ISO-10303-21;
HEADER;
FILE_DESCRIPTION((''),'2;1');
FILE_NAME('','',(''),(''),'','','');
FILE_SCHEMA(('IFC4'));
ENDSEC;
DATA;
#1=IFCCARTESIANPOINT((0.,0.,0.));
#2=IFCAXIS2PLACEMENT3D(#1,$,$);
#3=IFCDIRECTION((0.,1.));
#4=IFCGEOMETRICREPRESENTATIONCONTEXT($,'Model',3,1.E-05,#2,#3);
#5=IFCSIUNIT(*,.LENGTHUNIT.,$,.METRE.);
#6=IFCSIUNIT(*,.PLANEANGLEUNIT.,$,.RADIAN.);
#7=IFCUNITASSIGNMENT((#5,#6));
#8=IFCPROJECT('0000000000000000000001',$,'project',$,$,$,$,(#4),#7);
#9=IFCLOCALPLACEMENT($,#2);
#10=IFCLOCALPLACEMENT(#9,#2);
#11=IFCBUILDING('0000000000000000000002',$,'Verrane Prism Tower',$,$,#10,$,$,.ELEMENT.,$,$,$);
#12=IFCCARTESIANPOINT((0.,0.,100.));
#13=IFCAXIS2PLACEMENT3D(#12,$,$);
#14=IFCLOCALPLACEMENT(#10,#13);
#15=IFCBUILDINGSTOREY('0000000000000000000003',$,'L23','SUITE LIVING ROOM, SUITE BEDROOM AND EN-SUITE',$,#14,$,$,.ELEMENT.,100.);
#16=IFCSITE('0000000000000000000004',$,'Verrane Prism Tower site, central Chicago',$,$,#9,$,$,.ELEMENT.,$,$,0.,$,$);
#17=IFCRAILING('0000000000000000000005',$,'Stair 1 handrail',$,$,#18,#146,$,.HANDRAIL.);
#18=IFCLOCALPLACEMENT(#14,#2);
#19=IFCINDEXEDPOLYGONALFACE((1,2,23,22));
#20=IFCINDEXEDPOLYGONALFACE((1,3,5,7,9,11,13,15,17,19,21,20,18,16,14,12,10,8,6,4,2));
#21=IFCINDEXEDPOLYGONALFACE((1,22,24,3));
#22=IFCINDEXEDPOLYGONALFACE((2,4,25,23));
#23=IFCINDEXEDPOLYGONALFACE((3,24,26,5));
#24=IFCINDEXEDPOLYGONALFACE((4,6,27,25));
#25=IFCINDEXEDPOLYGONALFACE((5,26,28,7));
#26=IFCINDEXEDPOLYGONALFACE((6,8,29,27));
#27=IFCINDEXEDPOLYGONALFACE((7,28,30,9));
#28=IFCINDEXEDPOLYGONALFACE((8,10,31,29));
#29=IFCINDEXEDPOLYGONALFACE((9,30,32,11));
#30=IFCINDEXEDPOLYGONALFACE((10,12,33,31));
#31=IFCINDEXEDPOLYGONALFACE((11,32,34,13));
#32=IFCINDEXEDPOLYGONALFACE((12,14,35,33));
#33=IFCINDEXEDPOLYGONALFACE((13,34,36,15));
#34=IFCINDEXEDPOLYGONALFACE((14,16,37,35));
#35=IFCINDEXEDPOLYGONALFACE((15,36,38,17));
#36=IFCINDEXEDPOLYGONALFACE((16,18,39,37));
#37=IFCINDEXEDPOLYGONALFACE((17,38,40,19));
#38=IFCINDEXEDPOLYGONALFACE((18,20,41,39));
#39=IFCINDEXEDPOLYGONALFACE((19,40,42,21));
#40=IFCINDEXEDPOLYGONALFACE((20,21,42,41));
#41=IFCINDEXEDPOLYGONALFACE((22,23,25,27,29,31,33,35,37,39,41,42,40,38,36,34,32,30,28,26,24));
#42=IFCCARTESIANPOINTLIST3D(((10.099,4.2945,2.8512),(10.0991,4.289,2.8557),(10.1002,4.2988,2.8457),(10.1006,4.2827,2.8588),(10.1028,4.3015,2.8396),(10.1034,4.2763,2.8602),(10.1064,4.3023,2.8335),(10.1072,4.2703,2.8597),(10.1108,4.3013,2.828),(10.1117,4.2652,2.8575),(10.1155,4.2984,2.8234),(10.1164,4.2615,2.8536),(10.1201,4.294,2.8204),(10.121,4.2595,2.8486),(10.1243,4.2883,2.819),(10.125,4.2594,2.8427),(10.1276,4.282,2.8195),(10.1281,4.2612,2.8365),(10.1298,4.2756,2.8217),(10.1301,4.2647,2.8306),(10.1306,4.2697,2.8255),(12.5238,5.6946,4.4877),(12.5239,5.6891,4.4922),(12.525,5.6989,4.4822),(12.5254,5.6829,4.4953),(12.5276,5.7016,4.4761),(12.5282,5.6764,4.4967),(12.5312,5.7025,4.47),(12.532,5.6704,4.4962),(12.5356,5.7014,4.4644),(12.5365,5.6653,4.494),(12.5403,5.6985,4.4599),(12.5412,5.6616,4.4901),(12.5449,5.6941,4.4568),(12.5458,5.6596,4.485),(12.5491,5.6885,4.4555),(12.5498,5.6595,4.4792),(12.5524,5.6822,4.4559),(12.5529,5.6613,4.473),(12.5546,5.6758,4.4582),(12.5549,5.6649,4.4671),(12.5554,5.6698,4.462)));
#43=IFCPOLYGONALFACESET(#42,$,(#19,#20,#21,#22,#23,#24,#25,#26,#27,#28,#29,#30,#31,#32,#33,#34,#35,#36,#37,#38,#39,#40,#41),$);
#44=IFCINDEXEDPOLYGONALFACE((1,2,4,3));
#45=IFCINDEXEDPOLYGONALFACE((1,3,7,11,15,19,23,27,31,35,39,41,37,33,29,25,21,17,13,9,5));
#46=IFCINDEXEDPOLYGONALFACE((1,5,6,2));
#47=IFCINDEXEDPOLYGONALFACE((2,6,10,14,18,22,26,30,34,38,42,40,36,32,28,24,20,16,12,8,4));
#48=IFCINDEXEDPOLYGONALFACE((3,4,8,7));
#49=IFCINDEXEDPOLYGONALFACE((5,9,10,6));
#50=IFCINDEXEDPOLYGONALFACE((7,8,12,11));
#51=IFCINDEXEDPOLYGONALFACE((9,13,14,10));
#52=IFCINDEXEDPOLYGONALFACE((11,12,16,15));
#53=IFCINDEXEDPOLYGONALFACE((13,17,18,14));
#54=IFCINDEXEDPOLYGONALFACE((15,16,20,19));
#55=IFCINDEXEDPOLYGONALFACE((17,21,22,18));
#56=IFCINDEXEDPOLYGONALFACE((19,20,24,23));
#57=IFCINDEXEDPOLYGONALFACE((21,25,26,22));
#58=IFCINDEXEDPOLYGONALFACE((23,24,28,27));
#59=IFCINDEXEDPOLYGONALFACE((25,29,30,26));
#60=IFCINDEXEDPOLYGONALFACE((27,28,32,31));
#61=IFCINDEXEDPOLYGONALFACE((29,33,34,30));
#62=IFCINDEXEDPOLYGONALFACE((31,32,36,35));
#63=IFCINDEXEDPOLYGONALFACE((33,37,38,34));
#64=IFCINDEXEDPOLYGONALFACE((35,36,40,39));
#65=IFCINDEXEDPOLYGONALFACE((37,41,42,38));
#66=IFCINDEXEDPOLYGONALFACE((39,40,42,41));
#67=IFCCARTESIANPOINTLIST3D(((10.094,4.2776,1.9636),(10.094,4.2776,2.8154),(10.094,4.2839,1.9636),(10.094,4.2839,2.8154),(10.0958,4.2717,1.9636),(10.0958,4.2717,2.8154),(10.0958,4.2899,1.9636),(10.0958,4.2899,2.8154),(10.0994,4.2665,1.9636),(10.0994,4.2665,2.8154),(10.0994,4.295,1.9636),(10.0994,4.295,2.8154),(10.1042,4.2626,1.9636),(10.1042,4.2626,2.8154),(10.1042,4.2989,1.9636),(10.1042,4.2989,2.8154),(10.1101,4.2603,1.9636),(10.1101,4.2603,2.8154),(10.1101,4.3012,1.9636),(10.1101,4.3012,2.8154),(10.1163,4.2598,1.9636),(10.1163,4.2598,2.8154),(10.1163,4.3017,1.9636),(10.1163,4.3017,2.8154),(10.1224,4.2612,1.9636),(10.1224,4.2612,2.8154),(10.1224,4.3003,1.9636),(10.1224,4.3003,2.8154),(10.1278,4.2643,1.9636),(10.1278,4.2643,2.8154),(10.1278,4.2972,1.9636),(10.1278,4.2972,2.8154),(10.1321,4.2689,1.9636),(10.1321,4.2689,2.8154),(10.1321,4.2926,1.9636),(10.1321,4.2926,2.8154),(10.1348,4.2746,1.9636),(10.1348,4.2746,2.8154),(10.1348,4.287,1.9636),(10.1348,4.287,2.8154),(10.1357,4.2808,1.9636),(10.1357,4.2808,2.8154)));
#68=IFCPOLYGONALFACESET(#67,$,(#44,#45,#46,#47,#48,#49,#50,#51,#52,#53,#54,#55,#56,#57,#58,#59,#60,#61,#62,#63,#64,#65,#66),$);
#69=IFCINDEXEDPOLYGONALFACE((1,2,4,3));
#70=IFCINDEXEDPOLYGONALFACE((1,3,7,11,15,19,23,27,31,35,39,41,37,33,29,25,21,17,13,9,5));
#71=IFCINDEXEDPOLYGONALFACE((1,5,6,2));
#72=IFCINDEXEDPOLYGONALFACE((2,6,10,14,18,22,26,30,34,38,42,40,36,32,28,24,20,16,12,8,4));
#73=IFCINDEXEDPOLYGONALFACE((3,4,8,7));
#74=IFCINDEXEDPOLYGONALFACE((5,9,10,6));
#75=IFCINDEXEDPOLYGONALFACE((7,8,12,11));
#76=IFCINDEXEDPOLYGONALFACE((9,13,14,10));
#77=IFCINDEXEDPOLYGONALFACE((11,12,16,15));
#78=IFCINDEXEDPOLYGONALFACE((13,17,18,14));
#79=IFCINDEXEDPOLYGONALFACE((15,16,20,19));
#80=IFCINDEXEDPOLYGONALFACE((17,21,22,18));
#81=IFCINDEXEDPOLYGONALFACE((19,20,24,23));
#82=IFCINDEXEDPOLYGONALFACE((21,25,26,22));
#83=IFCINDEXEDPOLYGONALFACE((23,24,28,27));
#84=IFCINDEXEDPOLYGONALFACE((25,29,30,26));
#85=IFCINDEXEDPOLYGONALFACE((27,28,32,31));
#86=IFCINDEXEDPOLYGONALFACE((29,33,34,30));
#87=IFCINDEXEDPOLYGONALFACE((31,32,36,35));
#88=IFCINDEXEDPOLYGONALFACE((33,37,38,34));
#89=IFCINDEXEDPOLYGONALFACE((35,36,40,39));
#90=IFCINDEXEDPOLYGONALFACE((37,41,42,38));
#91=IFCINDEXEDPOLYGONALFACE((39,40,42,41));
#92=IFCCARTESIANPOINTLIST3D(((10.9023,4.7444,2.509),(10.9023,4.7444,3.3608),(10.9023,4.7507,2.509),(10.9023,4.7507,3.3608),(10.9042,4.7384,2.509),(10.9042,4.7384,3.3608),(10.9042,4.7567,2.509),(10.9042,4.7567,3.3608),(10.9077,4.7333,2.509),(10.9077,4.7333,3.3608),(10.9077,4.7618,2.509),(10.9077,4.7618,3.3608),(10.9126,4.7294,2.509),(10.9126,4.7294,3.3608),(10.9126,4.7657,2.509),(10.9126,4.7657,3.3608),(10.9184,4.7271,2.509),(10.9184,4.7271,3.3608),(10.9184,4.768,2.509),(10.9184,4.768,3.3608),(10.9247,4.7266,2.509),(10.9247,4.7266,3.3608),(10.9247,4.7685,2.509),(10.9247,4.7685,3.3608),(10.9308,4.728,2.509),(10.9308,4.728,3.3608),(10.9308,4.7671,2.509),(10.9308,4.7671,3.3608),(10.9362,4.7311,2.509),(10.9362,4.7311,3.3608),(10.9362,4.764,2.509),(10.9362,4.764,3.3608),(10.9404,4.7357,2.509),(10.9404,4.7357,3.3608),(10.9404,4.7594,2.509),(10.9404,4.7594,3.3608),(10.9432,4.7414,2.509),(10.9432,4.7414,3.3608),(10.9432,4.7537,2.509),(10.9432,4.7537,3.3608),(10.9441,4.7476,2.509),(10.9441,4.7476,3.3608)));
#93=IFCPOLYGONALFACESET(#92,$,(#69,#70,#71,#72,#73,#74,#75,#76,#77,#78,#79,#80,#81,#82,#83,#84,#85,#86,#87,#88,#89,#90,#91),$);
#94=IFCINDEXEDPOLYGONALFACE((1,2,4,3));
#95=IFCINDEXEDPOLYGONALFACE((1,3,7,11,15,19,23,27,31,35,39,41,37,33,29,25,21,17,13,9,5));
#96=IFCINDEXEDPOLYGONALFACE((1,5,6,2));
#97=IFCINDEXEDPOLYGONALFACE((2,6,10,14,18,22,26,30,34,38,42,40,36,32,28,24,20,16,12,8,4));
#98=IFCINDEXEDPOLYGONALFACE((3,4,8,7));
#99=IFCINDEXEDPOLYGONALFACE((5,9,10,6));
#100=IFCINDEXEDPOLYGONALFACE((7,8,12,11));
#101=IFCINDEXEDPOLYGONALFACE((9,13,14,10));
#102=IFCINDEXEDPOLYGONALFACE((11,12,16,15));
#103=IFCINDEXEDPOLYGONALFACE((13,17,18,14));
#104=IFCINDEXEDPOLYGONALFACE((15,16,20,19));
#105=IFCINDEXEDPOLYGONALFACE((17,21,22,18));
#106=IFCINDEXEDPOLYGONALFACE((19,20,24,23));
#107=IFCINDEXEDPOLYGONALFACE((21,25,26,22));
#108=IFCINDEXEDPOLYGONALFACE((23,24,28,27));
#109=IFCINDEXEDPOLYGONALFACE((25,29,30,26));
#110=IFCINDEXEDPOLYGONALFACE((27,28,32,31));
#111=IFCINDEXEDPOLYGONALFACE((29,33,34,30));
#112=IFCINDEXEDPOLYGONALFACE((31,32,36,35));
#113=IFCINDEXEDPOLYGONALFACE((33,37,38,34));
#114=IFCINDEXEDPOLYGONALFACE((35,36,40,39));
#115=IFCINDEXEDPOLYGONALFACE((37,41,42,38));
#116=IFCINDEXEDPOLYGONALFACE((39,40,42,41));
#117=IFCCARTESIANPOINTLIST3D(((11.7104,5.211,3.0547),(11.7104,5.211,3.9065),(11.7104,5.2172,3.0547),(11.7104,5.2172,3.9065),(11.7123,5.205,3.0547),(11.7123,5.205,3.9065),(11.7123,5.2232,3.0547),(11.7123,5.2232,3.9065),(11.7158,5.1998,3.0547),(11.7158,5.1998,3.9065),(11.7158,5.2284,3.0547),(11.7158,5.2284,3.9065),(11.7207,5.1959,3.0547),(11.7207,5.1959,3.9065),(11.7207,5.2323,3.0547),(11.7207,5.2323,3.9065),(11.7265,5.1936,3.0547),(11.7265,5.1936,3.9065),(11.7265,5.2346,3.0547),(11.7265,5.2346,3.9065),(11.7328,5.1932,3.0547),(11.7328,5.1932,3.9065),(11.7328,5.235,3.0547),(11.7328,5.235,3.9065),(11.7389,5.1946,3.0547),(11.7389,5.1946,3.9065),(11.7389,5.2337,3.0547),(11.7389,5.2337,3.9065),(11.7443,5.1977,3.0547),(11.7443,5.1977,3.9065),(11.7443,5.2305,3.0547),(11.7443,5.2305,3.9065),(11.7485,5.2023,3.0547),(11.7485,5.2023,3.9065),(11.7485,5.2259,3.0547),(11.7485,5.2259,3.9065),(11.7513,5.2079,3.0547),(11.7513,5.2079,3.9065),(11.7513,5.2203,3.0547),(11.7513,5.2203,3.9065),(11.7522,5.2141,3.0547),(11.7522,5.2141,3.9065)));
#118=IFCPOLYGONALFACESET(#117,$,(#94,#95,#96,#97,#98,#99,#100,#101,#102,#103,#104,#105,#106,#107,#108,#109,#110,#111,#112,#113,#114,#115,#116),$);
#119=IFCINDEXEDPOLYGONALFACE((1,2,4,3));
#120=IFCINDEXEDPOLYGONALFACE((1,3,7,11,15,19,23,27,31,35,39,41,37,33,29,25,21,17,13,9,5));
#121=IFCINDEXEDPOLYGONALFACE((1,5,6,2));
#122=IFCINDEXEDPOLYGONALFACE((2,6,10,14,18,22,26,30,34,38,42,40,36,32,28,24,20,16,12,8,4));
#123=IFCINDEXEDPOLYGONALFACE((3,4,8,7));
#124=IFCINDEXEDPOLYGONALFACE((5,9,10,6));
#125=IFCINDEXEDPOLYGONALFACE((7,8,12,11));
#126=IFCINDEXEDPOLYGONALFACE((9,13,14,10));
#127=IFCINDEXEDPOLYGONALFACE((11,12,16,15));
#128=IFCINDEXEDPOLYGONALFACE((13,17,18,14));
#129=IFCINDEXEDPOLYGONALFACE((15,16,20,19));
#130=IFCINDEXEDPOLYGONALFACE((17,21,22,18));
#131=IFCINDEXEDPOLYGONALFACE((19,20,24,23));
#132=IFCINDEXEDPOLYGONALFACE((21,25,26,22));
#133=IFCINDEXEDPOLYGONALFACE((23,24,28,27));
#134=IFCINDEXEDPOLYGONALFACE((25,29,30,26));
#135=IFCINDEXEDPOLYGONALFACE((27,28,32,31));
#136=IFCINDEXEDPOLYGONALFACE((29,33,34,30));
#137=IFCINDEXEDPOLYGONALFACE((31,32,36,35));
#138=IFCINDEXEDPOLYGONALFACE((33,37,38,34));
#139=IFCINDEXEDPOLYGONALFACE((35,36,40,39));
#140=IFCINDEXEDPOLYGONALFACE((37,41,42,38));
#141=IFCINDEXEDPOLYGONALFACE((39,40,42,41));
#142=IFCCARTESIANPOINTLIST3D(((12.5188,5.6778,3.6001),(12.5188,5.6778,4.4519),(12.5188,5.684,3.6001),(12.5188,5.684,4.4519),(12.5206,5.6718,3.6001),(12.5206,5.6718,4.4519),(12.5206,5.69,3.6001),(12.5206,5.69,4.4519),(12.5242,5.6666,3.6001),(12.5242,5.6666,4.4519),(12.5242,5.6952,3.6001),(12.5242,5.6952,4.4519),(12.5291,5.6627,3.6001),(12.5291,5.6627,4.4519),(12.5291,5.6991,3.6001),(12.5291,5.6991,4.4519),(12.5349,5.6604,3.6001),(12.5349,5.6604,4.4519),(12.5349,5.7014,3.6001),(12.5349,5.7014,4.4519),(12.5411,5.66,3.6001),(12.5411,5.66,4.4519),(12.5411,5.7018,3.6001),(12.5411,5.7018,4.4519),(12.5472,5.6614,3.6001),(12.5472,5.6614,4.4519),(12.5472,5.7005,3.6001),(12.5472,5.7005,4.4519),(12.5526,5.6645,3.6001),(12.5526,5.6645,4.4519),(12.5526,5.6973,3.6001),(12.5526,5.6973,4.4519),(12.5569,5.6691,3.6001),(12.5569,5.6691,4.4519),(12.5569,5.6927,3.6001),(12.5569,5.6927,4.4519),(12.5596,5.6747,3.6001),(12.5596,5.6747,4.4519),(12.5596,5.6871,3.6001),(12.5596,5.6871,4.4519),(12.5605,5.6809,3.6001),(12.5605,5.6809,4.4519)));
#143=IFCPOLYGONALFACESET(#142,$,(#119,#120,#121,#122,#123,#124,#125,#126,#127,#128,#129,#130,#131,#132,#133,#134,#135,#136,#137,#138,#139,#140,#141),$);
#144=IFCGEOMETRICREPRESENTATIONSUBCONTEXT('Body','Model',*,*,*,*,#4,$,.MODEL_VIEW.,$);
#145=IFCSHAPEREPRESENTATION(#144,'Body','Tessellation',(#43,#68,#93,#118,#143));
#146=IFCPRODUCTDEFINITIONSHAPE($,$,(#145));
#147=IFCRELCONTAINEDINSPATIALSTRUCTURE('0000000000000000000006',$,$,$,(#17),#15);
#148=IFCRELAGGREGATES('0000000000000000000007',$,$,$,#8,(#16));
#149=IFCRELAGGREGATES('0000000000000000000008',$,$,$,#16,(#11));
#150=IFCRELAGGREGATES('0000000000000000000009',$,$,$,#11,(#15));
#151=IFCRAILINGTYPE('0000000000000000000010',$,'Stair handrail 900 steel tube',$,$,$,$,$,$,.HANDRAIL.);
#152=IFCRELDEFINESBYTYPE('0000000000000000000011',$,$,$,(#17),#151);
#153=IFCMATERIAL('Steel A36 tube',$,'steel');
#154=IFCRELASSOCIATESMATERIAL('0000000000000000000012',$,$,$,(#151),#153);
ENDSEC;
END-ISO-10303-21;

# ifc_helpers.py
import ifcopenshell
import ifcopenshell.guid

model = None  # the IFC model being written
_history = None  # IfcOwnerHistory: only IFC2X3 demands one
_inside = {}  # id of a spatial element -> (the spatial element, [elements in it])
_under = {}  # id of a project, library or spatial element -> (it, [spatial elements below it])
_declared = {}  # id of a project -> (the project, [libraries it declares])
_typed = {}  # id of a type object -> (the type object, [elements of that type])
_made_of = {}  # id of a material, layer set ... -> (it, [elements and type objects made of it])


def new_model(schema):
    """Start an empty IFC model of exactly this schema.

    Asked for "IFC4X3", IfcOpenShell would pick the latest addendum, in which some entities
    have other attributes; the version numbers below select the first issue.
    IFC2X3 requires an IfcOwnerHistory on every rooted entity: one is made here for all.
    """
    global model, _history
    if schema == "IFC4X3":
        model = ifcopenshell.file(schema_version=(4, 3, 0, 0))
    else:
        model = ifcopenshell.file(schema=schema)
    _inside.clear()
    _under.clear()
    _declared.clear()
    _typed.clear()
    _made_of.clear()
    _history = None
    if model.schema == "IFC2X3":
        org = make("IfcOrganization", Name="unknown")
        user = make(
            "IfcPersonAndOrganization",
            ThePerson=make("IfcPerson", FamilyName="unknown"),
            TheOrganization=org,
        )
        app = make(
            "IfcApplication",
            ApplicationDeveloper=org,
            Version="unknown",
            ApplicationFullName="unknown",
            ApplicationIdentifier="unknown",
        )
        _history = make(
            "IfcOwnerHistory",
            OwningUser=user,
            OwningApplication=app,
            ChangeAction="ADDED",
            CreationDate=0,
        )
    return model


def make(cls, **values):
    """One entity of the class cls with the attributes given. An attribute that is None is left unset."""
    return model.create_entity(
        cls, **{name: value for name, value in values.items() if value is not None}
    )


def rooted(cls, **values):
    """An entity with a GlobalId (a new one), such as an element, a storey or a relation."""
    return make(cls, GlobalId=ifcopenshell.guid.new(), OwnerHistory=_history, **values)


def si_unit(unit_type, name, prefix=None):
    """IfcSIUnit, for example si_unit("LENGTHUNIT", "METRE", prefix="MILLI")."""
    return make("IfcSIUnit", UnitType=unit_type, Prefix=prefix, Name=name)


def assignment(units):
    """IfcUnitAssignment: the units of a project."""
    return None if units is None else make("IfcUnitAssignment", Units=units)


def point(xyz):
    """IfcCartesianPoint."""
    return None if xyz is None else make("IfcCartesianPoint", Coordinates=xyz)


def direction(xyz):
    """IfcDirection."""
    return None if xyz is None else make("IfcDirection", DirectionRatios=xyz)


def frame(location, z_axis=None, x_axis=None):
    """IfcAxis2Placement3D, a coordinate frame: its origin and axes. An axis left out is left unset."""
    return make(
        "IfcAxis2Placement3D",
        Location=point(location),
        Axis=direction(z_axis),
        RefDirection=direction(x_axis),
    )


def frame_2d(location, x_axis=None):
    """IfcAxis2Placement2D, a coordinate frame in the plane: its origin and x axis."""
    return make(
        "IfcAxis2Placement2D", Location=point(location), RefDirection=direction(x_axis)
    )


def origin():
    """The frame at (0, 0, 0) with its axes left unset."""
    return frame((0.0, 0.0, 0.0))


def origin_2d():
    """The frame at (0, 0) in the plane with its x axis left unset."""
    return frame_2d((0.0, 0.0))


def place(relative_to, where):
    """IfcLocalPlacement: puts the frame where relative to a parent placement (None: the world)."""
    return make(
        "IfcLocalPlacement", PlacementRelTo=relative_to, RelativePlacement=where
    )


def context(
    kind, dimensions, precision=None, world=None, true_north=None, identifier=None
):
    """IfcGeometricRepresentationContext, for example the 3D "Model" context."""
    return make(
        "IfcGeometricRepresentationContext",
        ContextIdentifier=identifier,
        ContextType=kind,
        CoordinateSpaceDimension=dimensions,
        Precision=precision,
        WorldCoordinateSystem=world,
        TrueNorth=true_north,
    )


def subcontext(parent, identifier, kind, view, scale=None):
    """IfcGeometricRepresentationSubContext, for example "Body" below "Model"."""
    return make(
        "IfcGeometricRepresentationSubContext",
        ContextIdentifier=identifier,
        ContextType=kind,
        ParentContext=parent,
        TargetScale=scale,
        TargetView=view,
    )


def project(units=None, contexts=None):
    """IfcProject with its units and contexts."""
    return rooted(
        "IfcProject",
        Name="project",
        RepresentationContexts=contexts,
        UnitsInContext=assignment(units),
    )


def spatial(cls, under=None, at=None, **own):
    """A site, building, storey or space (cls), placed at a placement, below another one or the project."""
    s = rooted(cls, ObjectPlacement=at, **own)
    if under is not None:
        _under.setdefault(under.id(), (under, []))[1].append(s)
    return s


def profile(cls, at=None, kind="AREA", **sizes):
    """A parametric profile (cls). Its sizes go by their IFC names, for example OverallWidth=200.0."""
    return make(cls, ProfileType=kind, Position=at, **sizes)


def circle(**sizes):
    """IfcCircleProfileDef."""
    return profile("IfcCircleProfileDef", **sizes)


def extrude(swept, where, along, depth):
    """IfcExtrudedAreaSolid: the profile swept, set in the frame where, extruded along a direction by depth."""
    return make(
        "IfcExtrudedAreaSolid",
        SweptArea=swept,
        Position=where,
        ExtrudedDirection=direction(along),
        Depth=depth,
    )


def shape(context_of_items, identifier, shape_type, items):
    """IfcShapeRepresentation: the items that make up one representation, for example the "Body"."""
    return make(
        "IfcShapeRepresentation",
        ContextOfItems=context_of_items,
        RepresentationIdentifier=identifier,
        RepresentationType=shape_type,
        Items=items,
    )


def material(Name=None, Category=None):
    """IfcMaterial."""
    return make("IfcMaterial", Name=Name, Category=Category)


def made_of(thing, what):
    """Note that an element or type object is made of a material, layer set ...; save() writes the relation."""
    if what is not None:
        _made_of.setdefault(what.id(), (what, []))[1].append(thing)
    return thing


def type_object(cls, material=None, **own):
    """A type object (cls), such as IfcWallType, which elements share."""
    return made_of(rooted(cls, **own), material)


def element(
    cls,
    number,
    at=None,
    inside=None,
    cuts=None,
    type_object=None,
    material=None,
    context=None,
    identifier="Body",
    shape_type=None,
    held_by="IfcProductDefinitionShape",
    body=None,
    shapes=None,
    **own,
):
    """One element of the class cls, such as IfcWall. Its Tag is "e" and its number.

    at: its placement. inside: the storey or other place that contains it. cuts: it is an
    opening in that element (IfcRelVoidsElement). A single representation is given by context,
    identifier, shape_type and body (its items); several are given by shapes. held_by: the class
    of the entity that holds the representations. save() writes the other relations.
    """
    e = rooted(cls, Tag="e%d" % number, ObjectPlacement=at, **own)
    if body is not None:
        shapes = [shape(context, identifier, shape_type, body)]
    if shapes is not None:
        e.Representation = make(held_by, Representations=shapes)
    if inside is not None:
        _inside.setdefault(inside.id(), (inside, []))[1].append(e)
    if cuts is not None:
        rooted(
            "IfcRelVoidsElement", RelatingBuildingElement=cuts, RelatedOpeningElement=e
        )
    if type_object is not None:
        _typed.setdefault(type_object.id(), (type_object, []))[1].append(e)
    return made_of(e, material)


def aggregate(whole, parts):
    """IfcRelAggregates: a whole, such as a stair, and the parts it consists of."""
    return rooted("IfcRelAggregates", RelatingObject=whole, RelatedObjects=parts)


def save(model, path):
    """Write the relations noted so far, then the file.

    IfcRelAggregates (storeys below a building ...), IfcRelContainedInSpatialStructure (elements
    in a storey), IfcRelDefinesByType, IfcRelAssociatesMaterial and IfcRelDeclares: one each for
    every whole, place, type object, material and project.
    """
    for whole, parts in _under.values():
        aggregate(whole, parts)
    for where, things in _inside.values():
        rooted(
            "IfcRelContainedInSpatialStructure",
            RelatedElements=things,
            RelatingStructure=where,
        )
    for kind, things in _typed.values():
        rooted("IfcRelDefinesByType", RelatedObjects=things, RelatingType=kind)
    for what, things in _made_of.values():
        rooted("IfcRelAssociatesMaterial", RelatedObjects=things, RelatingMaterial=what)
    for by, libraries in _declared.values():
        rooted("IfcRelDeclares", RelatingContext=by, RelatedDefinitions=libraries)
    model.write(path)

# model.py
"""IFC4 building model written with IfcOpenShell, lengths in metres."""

from ifc_helpers import new_model, si_unit, direction, frame, origin, origin_2d, place, context, subcontext, project, spatial, circle, extrude, material, type_object, element, save


model = new_model("IFC4")

# Units and contexts
model_context = context("Model", 3, precision=1e-05, world=origin(), true_north=direction((0.0, 1.0)))
body_context = subcontext(model_context, "Body", "Model", "MODEL_VIEW")
ifc_project = project(units=[si_unit("LENGTHUNIT", "METRE"), si_unit("PLANEANGLEUNIT", "RADIAN")], contexts=[model_context])

# Site, building, storey
site_placement = place(None, origin())
site = spatial("IfcSite", under=ifc_project, at=site_placement, Name="Verrane Prism Tower site, central Chicago", CompositionType="ELEMENT", RefElevation=0.0)
building_placement = place(site_placement, origin())
building = spatial("IfcBuilding", under=site, at=building_placement, Name="Verrane Prism Tower", CompositionType="ELEMENT")
storey_placement = place(building_placement, frame((0.0, 0.0, 100.0)))
storey = spatial("IfcBuildingStorey", under=building, at=storey_placement, Name="L23", Description="SUITE LIVING ROOM, SUITE BEDROOM AND EN-SUITE", CompositionType="ELEMENT", Elevation=100.0)

# Railing
ifc_material_1 = material(Name="Steel A36 tube", Category="steel")
railing_type_1 = type_object("IfcRailingType", Name="Stair handrail 900 steel tube", PredefinedType="HANDRAIL", material=ifc_material_1)
railing_1_placement = place(storey_placement, frame((10.1147, 4.2808, 1.9636)))
element("IfcRailing", 1, at=railing_1_placement, inside=storey, type_object=railing_type_1, Name="Stair 1 handrail", PredefinedType="HANDRAIL", context=body_context, shape_type="SweptSolid", body=[
    extrude(circle(Radius=0.0239, at=origin_2d()), frame((0.0, 0.0, 0.876), z_axis=(0.747666, 0.431722, 0.504591), x_axis=(-0.50005, 0.865997, 0.0)), (0.0, 0.0, 1.0), 3.2432),
    extrude(circle(Radius=0.021, at=origin_2d()), origin(), (0.0, 0.0, 1.0), 0.8518),
    extrude(circle(Radius=0.021, at=origin_2d()), frame((0.8083, 0.4668, 0.5454)), (0.0, 0.0, 1.0), 0.8518),
    extrude(circle(Radius=0.021, at=origin_2d()), frame((1.6165, 0.9333, 1.0911)), (0.0, 0.0, 1.0), 0.8518),
    extrude(circle(Radius=0.021, at=origin_2d()), frame((2.4248, 1.4001, 1.6365)), (0.0, 0.0, 1.0), 0.8518),
])

save(model, "model.ifc")
